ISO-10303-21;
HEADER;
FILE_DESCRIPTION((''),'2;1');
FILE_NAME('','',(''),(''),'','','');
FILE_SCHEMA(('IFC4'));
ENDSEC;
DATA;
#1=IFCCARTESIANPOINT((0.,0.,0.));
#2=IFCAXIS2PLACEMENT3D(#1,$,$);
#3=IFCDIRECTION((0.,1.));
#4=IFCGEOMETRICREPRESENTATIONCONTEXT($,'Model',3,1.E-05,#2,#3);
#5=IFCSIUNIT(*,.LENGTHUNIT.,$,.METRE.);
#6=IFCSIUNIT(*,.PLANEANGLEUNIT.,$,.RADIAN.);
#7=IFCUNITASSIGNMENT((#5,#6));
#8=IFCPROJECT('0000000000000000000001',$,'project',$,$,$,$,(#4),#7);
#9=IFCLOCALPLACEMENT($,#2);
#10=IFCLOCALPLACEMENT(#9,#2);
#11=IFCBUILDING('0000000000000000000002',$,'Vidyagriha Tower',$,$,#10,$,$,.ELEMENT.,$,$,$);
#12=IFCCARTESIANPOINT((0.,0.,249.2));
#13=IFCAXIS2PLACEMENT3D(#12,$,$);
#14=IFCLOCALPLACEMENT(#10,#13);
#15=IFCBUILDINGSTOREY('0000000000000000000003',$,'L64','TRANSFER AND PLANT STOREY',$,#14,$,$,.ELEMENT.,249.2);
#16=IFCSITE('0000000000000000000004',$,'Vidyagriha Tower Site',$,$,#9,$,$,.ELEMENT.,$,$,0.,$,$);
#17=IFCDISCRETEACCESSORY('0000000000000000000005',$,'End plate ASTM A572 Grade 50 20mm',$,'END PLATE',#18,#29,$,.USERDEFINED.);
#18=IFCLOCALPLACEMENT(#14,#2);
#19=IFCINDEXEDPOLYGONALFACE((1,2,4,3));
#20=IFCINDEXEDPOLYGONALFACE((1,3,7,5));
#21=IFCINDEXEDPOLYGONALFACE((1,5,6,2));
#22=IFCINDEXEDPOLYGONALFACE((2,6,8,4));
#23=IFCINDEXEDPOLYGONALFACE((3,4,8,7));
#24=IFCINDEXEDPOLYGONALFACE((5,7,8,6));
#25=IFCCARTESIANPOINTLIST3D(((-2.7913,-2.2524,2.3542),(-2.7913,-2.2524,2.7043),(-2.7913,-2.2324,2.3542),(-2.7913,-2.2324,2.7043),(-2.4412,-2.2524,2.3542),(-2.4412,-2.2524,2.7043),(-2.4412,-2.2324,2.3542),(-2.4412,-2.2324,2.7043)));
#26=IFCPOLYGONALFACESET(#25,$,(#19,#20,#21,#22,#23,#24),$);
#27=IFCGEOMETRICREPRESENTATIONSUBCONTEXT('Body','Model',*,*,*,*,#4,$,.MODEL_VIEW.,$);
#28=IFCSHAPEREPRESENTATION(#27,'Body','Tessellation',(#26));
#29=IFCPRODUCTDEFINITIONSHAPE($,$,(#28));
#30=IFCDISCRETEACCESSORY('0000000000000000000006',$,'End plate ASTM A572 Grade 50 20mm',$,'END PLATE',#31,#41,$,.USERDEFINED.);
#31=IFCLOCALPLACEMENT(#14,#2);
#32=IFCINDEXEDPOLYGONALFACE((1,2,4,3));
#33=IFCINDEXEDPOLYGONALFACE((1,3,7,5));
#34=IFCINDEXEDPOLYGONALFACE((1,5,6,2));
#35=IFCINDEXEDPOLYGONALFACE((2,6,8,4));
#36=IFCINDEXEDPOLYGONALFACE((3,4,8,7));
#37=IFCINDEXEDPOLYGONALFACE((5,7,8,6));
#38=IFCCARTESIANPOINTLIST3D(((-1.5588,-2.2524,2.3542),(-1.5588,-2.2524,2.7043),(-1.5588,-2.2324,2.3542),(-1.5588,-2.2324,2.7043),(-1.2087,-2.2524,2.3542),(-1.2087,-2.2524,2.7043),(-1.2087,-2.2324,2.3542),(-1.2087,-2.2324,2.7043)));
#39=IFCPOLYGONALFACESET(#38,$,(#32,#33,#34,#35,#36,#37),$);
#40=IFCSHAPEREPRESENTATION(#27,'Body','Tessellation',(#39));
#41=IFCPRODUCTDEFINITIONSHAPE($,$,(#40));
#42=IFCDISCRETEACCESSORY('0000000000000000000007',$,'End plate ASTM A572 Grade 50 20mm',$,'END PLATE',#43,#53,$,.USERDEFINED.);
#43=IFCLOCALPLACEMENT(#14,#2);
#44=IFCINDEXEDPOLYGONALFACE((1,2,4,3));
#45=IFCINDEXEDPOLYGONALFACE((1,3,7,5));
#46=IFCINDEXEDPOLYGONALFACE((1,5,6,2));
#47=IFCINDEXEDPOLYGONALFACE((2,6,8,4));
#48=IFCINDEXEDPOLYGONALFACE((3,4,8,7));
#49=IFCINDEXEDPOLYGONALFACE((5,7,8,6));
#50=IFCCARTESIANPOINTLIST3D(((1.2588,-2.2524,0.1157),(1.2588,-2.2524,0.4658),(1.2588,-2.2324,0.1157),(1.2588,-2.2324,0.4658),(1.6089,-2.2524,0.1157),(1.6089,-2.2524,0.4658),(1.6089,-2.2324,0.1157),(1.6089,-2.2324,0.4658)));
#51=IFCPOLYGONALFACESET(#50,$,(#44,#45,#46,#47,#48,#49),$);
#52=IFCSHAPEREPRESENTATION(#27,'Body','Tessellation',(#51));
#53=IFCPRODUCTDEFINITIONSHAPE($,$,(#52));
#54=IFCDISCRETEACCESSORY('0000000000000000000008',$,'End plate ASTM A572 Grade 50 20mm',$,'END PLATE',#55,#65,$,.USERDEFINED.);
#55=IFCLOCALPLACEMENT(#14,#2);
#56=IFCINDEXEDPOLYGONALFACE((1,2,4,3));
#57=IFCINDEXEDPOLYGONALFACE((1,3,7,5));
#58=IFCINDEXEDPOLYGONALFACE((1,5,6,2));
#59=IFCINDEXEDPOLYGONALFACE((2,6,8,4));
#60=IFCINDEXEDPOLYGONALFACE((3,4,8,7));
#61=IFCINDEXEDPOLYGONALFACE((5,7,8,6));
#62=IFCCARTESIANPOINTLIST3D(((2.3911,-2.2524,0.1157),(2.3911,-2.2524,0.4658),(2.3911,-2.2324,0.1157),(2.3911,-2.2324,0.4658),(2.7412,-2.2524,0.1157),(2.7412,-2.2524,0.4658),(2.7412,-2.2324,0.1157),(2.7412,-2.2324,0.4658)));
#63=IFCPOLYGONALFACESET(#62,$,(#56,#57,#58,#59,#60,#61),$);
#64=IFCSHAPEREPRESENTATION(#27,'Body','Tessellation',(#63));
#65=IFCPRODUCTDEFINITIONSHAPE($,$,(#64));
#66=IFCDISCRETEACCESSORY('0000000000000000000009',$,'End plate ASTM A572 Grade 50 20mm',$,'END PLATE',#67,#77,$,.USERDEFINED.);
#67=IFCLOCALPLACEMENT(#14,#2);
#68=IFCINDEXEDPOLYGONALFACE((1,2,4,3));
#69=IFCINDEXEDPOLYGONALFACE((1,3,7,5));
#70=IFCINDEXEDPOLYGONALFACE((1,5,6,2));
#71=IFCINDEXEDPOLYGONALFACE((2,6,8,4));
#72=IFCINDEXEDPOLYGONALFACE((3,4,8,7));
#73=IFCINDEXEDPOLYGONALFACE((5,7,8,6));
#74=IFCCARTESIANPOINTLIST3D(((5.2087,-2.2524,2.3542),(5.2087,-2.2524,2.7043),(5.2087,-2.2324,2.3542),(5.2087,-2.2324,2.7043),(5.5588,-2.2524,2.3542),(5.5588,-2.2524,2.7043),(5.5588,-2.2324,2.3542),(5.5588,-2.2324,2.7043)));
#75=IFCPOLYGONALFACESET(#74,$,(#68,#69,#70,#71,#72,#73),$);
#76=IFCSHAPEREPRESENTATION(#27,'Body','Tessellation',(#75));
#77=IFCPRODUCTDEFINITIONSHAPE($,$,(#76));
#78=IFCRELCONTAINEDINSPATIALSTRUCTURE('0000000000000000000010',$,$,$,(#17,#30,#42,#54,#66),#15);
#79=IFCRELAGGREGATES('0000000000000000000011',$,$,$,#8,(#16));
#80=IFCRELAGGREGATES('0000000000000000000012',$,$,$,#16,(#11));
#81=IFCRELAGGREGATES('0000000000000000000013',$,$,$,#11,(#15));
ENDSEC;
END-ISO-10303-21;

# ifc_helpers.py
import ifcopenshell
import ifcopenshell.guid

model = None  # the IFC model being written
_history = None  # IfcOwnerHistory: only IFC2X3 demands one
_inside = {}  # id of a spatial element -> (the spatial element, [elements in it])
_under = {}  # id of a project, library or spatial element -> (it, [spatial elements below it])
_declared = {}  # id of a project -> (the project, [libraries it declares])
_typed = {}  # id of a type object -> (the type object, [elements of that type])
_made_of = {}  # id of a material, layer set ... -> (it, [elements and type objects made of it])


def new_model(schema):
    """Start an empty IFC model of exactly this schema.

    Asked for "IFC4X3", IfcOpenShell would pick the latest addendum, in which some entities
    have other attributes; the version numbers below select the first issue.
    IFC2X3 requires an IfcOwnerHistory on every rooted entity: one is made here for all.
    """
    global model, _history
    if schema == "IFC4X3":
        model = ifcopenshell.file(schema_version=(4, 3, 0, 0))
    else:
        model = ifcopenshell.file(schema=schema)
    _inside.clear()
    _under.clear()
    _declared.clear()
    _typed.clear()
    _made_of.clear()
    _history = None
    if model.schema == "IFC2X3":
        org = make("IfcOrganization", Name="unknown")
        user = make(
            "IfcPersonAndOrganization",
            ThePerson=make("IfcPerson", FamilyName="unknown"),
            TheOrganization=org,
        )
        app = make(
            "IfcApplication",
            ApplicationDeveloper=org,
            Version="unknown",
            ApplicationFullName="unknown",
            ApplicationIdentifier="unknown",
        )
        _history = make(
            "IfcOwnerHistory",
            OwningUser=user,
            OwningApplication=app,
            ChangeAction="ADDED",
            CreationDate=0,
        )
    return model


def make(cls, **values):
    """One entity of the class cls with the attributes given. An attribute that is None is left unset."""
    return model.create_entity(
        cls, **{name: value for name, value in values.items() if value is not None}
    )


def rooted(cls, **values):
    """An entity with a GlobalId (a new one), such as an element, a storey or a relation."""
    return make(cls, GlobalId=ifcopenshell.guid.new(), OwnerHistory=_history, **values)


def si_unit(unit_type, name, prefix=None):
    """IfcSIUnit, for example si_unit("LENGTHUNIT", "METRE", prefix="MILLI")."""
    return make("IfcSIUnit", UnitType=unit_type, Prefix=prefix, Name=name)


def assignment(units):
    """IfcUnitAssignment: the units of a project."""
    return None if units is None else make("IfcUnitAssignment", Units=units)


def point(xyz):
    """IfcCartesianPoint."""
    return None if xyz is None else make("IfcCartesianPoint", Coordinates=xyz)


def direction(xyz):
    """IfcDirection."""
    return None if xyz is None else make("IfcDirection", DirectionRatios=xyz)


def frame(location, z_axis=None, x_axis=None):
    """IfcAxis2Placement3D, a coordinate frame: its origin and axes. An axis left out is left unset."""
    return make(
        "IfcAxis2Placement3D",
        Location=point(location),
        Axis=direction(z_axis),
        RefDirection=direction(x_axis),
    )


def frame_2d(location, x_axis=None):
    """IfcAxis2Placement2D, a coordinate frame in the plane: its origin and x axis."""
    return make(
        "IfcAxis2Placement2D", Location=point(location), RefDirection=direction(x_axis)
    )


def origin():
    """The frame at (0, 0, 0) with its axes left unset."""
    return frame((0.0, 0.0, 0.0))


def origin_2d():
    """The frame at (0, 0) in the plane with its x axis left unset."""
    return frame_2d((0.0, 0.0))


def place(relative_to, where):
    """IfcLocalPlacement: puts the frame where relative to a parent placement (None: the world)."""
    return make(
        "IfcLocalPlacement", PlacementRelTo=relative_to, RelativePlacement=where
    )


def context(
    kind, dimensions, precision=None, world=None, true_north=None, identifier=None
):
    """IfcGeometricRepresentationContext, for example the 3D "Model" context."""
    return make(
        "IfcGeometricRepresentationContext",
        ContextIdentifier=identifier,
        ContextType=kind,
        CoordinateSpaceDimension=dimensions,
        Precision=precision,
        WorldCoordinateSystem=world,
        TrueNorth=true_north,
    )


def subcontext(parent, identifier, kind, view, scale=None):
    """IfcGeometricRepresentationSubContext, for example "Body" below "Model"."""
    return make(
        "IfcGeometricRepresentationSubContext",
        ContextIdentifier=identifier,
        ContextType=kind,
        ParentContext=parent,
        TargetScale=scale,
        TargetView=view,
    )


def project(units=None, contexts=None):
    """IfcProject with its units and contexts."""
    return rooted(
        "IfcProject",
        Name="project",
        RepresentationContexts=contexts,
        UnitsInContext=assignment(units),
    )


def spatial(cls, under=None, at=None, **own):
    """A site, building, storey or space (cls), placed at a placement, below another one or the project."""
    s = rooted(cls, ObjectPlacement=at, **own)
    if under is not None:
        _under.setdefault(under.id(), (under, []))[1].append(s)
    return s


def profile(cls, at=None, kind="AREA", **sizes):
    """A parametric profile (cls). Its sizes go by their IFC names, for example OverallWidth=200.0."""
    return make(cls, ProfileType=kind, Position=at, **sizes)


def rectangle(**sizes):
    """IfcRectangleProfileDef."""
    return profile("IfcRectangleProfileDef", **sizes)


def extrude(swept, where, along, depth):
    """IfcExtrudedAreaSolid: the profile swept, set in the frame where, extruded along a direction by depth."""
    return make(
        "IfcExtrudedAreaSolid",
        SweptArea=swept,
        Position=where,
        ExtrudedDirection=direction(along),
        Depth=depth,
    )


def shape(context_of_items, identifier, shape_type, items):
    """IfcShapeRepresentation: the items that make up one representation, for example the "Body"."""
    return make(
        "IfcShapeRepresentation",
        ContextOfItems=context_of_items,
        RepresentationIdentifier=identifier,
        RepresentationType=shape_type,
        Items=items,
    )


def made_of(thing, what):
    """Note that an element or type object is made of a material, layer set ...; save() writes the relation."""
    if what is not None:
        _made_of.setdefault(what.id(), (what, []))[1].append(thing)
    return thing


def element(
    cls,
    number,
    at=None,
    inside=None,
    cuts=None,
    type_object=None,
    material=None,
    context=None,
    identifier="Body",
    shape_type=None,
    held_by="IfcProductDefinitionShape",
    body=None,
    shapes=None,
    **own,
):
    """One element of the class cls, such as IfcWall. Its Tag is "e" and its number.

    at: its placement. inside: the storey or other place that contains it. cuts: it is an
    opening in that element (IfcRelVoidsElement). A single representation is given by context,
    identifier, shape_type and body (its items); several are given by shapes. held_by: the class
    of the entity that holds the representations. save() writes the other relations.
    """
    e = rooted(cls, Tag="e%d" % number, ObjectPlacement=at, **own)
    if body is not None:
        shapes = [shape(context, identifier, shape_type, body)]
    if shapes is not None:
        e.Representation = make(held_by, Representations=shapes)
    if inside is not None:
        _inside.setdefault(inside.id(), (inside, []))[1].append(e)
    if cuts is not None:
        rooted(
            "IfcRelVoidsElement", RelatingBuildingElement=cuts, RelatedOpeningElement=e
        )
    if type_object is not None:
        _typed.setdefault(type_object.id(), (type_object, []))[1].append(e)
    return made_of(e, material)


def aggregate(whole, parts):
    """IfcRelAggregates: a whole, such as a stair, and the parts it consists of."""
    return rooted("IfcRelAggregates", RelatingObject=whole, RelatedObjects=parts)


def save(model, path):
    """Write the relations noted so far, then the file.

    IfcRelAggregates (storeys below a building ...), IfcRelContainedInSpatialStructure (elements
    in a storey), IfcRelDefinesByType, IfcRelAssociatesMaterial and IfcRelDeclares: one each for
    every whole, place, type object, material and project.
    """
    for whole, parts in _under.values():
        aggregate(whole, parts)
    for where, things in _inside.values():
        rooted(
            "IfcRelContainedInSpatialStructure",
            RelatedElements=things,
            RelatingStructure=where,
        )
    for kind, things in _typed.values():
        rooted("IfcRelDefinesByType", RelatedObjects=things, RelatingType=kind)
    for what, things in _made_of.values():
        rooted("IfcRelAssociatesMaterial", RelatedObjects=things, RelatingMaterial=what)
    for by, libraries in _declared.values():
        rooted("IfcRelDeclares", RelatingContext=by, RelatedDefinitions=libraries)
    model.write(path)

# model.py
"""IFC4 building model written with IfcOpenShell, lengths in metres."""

from ifc_helpers import new_model, si_unit, direction, frame, origin, origin_2d, place, context, subcontext, project, spatial, rectangle, extrude, element, save


model = new_model("IFC4")

# Units and contexts
model_context = context("Model", 3, precision=1e-05, world=origin(), true_north=direction((0.0, 1.0)))
body_context = subcontext(model_context, "Body", "Model", "MODEL_VIEW")
ifc_project = project(units=[si_unit("LENGTHUNIT", "METRE"), si_unit("PLANEANGLEUNIT", "RADIAN")], contexts=[model_context])

# Site, building, storey
site_placement = place(None, origin())
site = spatial("IfcSite", under=ifc_project, at=site_placement, Name="Vidyagriha Tower Site", CompositionType="ELEMENT", RefElevation=0.0)
building_placement = place(site_placement, origin())
building = spatial("IfcBuilding", under=site, at=building_placement, Name="Vidyagriha Tower", CompositionType="ELEMENT")
storey_placement = place(building_placement, frame((0.0, 0.0, 249.2)))
storey = spatial("IfcBuildingStorey", under=building, at=storey_placement, Name="L64", Description="TRANSFER AND PLANT STOREY", CompositionType="ELEMENT", Elevation=249.2)

# Discrete accessories
for number, where, name in (
    (1, (-2.6162, -2.2424, 2.3542), "End plate ASTM A572 Grade 50 20mm"),
):
    element("IfcDiscreteAccessory", number, at=place(storey_placement, frame(where)), inside=storey, Name=name, ObjectType="END PLATE", PredefinedType="USERDEFINED", context=body_context, shape_type="SweptSolid", body=[
        extrude(rectangle(XDim=0.3501, YDim=0.02, at=origin_2d()), origin(), (0.0, 0.0, 1.0), 0.3501),
    ])
discrete_accessory_1_placement = place(storey_placement, frame((-1.3838, -2.2424, 2.3542), z_axis=(0.0, 0.0, 1.0), x_axis=(-1.0, 0.0, 0.0)))
element("IfcDiscreteAccessory", 2, at=discrete_accessory_1_placement, inside=storey, Name="End plate ASTM A572 Grade 50 20mm", ObjectType="END PLATE", PredefinedType="USERDEFINED", context=body_context, shape_type="SweptSolid", body=[
    extrude(rectangle(XDim=0.3501, YDim=0.02, at=origin_2d()), origin(), (0.0, 0.0, 1.0), 0.3501),
])
discrete_accessory_2_placement = place(storey_placement, frame((1.4338, -2.2424, 0.1157)))
element("IfcDiscreteAccessory", 3, at=discrete_accessory_2_placement, inside=storey, Name="End plate ASTM A572 Grade 50 20mm", ObjectType="END PLATE", PredefinedType="USERDEFINED", context=body_context, shape_type="SweptSolid", body=[
    extrude(rectangle(XDim=0.3501, YDim=0.02, at=origin_2d()), origin(), (0.0, 0.0, 1.0), 0.3501),
])
discrete_accessory_3_placement = place(storey_placement, frame((2.5662, -2.2424, 0.1157), z_axis=(0.0, 0.0, 1.0), x_axis=(-1.0, 0.0, 0.0)))
element("IfcDiscreteAccessory", 4, at=discrete_accessory_3_placement, inside=storey, Name="End plate ASTM A572 Grade 50 20mm", ObjectType="END PLATE", PredefinedType="USERDEFINED", context=body_context, shape_type="SweptSolid", body=[
    extrude(rectangle(XDim=0.3501, YDim=0.02, at=origin_2d()), origin(), (0.0, 0.0, 1.0), 0.3501),
])
discrete_accessory_4_placement = place(storey_placement, frame((5.3838, -2.2424, 2.3542)))
element("IfcDiscreteAccessory", 5, at=discrete_accessory_4_placement, inside=storey, Name="End plate ASTM A572 Grade 50 20mm", ObjectType="END PLATE", PredefinedType="USERDEFINED", context=body_context, shape_type="SweptSolid", body=[
    extrude(rectangle(XDim=0.3501, YDim=0.02, at=origin_2d()), origin(), (0.0, 0.0, 1.0), 0.3501),
])

save(model, "model.ifc")
